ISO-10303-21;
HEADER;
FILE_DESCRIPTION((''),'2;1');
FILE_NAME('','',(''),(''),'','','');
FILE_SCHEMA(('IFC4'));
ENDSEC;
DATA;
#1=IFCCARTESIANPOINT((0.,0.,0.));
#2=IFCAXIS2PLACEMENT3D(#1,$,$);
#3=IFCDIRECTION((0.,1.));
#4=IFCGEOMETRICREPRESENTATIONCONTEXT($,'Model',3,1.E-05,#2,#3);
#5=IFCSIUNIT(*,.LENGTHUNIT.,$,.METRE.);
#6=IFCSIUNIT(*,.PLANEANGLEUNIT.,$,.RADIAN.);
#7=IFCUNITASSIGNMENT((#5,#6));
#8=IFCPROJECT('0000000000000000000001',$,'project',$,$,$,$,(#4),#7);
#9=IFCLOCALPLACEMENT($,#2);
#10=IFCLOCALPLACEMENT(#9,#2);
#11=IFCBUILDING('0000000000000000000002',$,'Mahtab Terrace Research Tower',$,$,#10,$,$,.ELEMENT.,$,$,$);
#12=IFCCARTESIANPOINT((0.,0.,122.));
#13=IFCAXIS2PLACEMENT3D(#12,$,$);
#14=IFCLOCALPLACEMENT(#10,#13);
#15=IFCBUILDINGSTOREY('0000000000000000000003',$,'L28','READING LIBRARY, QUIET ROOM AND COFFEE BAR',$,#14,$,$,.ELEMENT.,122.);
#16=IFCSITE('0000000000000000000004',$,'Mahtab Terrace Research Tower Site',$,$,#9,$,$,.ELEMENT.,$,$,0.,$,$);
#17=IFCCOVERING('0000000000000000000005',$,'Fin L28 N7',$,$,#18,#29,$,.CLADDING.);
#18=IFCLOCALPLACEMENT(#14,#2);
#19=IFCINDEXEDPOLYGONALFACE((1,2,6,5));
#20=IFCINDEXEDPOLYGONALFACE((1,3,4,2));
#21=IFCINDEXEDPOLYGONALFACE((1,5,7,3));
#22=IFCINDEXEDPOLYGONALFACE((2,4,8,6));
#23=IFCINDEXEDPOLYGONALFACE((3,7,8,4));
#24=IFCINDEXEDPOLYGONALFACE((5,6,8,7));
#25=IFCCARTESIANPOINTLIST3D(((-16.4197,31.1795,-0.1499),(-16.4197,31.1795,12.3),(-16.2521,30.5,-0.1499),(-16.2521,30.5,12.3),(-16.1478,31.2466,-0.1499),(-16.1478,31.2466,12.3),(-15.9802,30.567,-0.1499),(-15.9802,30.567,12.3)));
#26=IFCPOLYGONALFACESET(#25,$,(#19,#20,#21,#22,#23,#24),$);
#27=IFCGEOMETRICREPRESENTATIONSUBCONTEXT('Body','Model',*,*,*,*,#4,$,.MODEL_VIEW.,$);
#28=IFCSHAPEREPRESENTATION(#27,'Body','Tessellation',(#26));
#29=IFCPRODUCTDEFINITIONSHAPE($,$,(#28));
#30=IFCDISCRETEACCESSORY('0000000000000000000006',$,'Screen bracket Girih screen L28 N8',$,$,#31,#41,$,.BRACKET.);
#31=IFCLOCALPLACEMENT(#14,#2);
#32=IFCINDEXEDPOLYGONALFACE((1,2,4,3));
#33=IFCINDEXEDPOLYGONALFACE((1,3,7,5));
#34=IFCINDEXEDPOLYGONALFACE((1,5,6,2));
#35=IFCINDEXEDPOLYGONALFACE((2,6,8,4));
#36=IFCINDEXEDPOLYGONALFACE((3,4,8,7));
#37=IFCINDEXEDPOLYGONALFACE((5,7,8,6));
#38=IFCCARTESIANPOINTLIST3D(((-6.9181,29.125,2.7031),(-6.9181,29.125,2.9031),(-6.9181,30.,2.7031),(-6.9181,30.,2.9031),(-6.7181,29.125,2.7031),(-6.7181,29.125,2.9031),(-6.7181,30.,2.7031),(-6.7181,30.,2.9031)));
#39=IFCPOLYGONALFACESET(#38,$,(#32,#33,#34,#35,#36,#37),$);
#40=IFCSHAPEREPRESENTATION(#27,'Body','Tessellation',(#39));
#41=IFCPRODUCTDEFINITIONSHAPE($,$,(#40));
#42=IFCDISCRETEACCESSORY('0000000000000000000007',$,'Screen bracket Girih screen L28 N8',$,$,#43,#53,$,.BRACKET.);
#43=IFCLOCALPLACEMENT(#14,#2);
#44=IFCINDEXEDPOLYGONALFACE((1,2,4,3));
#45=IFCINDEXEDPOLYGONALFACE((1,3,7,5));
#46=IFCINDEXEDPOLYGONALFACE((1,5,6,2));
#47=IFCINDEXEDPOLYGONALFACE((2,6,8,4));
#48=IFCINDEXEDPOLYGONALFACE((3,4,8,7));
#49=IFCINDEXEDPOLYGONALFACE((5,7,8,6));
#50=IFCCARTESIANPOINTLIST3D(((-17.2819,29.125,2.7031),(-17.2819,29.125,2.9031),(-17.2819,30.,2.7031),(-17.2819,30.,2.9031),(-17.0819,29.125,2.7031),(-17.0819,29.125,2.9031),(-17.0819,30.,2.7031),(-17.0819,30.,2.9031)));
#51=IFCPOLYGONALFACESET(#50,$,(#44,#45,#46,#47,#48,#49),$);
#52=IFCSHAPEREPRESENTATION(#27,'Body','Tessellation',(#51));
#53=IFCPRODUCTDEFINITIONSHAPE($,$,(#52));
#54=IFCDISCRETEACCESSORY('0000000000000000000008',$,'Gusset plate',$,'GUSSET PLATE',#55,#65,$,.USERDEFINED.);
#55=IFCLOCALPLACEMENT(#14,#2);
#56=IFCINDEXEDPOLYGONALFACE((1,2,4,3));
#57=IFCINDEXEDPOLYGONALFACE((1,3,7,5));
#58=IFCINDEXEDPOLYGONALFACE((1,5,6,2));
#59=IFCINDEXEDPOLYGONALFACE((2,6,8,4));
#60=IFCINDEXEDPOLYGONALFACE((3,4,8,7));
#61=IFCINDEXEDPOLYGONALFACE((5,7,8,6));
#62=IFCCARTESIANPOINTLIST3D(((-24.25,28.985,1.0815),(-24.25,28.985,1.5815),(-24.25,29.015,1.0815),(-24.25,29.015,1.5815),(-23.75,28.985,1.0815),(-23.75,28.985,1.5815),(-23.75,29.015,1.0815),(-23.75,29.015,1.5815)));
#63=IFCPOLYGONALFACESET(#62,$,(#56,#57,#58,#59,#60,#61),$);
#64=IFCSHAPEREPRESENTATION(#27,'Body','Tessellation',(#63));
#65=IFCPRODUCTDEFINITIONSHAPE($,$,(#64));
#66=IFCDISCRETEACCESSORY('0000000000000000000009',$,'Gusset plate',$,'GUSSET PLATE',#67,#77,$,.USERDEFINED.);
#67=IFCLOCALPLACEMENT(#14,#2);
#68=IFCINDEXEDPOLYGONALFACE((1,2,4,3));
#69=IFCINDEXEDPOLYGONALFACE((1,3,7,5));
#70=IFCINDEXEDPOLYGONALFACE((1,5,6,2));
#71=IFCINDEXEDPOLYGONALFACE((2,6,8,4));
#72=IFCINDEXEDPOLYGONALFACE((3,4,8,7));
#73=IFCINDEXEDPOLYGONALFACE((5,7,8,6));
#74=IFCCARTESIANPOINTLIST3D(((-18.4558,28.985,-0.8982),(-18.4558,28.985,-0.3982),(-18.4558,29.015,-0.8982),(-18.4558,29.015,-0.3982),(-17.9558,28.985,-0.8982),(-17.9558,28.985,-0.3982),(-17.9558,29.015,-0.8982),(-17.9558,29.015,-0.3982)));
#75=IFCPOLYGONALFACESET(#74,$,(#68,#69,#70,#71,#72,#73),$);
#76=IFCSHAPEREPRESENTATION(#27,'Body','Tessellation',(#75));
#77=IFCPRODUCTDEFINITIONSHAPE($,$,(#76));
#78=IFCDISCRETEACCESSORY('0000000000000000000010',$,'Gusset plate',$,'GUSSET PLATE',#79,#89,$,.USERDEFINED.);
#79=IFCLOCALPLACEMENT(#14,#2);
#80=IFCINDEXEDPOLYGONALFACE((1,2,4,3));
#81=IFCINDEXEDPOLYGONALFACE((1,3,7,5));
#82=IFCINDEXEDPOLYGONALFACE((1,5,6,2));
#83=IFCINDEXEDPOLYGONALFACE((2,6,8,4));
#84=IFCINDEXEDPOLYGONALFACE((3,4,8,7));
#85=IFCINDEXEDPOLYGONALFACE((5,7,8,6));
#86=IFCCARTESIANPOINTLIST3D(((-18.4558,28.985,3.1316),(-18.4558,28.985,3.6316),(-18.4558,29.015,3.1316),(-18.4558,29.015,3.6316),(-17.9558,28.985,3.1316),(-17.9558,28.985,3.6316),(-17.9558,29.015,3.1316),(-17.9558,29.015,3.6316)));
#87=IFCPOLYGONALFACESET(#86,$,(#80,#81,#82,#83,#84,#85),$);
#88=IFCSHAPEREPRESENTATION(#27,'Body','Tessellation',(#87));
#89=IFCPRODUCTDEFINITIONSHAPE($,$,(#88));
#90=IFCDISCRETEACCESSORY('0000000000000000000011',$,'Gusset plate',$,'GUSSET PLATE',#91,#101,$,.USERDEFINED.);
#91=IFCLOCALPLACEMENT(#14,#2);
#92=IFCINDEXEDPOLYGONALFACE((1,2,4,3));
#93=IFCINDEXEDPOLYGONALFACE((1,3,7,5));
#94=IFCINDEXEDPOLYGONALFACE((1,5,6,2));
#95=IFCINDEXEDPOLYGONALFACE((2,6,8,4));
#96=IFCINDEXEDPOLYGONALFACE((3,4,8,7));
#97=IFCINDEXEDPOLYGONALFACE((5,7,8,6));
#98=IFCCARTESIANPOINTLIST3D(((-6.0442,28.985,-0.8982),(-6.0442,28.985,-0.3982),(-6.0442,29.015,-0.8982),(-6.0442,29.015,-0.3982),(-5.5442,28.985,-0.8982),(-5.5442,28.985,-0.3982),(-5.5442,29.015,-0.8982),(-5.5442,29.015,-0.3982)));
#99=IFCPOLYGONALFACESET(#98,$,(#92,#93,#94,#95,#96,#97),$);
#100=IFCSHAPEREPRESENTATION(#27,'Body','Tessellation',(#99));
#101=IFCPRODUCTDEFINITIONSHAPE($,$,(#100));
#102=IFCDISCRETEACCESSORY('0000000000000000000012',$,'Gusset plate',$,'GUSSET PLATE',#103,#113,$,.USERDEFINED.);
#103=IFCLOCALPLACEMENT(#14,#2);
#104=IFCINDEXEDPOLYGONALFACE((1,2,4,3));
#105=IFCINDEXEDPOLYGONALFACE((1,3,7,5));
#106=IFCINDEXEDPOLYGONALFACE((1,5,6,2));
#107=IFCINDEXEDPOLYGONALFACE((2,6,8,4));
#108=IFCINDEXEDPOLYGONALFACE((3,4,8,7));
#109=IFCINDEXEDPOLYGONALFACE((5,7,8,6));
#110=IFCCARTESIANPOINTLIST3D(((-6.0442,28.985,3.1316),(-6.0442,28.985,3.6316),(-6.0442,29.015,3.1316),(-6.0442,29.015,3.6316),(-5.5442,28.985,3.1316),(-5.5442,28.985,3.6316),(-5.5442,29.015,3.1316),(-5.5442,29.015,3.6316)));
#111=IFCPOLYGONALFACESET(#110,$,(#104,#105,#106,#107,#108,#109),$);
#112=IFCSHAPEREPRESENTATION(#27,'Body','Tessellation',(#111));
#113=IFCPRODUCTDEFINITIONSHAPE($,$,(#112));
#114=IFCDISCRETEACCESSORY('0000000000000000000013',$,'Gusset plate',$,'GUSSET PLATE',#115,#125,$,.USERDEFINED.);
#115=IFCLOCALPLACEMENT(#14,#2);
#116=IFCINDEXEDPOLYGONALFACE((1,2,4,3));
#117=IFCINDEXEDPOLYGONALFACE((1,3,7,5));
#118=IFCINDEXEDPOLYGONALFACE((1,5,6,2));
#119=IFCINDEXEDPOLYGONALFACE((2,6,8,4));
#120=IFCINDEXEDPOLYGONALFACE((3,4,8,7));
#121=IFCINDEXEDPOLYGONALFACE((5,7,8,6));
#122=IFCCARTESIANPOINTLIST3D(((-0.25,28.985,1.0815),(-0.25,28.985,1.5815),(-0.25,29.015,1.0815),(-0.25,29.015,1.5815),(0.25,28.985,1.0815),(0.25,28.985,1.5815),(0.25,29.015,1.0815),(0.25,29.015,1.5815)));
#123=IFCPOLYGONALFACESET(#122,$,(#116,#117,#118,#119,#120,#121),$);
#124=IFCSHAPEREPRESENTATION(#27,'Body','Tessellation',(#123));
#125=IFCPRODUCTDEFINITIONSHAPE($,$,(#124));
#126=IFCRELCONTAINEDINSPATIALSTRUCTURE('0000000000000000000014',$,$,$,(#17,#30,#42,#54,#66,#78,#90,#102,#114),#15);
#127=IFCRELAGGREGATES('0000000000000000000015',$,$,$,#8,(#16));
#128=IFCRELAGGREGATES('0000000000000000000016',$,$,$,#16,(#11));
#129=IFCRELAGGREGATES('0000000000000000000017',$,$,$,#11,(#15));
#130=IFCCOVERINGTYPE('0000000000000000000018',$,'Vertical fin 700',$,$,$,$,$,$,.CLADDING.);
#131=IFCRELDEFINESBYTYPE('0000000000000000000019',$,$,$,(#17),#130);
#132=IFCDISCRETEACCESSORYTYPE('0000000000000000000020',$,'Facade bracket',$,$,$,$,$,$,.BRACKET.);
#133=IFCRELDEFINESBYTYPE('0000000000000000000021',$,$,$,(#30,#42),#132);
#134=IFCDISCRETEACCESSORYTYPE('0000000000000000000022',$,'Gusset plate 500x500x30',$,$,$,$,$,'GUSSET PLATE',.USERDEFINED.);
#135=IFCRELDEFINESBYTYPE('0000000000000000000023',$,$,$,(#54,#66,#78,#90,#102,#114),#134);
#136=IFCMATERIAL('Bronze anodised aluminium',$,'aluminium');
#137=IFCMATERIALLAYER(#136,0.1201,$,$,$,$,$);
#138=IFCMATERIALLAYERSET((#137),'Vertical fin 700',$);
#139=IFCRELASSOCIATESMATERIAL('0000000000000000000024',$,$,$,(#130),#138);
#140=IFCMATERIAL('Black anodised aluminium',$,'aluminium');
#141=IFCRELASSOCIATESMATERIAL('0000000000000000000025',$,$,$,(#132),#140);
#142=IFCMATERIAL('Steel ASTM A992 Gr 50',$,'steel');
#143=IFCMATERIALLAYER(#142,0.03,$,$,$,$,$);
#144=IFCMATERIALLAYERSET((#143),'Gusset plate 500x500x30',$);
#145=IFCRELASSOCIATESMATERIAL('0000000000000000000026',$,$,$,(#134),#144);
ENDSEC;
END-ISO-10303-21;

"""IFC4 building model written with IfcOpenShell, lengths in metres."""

from ifc_helpers import new_model, si_unit, direction, frame, origin, origin_2d, place, context, subcontext, project, spatial, rectangle, extrude, material, layer, layer_set, type_object, element, save


model = new_model("IFC4")

# Units and contexts
model_context = context("Model", 3, precision=1e-05, world=origin(), true_north=direction((0.0, 1.0)))
body_context = subcontext(model_context, "Body", "Model", "MODEL_VIEW")
ifc_project = project(units=[si_unit("LENGTHUNIT", "METRE"), si_unit("PLANEANGLEUNIT", "RADIAN")], contexts=[model_context])

# Site, building, storey
site_placement = place(None, origin())
site = spatial("IfcSite", under=ifc_project, at=site_placement, Name="Mahtab Terrace Research Tower Site", CompositionType="ELEMENT", RefElevation=0.0)
building_placement = place(site_placement, origin())
building = spatial("IfcBuilding", under=site, at=building_placement, Name="Mahtab Terrace Research Tower", CompositionType="ELEMENT")
storey_placement = place(building_placement, frame((0.0, 0.0, 122.0)))
storey = spatial("IfcBuildingStorey", under=building, at=storey_placement, Name="L28", Description="READING LIBRARY, QUIET ROOM AND COFFEE BAR", CompositionType="ELEMENT", Elevation=122.0)

# Shared definitions
ifc_material_1 = material(Name="Steel ASTM A992 Gr 50", Category="steel")

# Covering
ifc_material_2 = material(Name="Bronze anodised aluminium", Category="aluminium")
ifc_layer_1 = layer(ifc_material_2, 0.1201)
ifc_layer_set_1 = layer_set([ifc_layer_1], Name="Vertical fin 700")
covering_type_1 = type_object("IfcCoveringType", Name="Vertical fin 700", PredefinedType="CLADDING", material=ifc_layer_set_1)
for number, where, z_axis, x_axis, name in (
    (1, (-16.2, 30.8733, -0.1499), (0.0, 0.0, 1.0), (-0.970896, -0.239502, 0.0), "Fin L28 N7"),
):
    element("IfcCovering", number, at=place(storey_placement, frame(where, z_axis=z_axis, x_axis=x_axis)), inside=storey, type_object=covering_type_1, Name=name, PredefinedType="CLADDING", context=body_context, shape_type="SweptSolid", body=[
        extrude(rectangle(XDim=0.28, YDim=0.7, at=origin_2d()), origin(), (0.0, 0.0, 1.0), 12.45),
    ])

# Discrete accessories
ifc_material_3 = material(Name="Black anodised aluminium", Category="aluminium")
discrete_accessory_type_1 = type_object("IfcDiscreteAccessoryType", Name="Facade bracket", PredefinedType="BRACKET", material=ifc_material_3)
for number, where, z_axis, x_axis, name in (
    (2, (-6.8181, 29.5625, 2.7031), (0.0, 0.0, 1.0), (-1.0, 0.0, 0.0), "Screen bracket Girih screen L28 N8"),
    (3, (-17.1819, 29.5625, 2.7031), (0.0, 0.0, 1.0), (-1.0, 0.0, 0.0), "Screen bracket Girih screen L28 N8"),
):
    element("IfcDiscreteAccessory", number, at=place(storey_placement, frame(where, z_axis=z_axis, x_axis=x_axis)), inside=storey, type_object=discrete_accessory_type_1, Name=name, PredefinedType="BRACKET", context=body_context, shape_type="SweptSolid", body=[
        extrude(rectangle(XDim=0.2, YDim=0.875, at=origin_2d()), origin(), (0.0, 0.0, 1.0), 0.2),
    ])
ifc_layer_2 = layer(ifc_material_1, 0.03)
ifc_layer_set_2 = layer_set([ifc_layer_2], Name="Gusset plate 500x500x30")
discrete_accessory_type_2 = type_object("IfcDiscreteAccessoryType", Name="Gusset plate 500x500x30", ElementType="GUSSET PLATE", PredefinedType="USERDEFINED", material=ifc_layer_set_2)
for number, where, z_axis, x_axis, name in (
    (4, (-24.0, 29.0, 1.0815), (0.0, 0.0, 1.0), (1.0, 0.0, 0.0), "Gusset plate"),
    (5, (-18.2058, 29.0, -0.8982), (0.0, 0.0, 1.0), (1.0, 0.0, 0.0), "Gusset plate"),
    (6, (-18.2058, 29.0, 3.1316), (0.0, 0.0, 1.0), (1.0, 0.0, 0.0), "Gusset plate"),
    (7, (-5.7942, 29.0, -0.8982), (0.0, 0.0, 1.0), (1.0, 0.0, 0.0), "Gusset plate"),
    (8, (-5.7942, 29.0, 3.1316), (0.0, 0.0, 1.0), (1.0, 0.0, 0.0), "Gusset plate"),
    (9, (0.0, 29.0, 1.0815), (0.0, 0.0, 1.0), (1.0, 0.0, 0.0), "Gusset plate"),
):
    element("IfcDiscreteAccessory", number, at=place(storey_placement, frame(where, z_axis=z_axis, x_axis=x_axis)), inside=storey, type_object=discrete_accessory_type_2, Name=name, ObjectType="GUSSET PLATE", PredefinedType="USERDEFINED", context=body_context, shape_type="SweptSolid", body=[
        extrude(rectangle(XDim=0.5, YDim=0.03, at=origin_2d()), origin(), (0.0, 0.0, 1.0), 0.5),
    ])

save(model, "model.ifc")
